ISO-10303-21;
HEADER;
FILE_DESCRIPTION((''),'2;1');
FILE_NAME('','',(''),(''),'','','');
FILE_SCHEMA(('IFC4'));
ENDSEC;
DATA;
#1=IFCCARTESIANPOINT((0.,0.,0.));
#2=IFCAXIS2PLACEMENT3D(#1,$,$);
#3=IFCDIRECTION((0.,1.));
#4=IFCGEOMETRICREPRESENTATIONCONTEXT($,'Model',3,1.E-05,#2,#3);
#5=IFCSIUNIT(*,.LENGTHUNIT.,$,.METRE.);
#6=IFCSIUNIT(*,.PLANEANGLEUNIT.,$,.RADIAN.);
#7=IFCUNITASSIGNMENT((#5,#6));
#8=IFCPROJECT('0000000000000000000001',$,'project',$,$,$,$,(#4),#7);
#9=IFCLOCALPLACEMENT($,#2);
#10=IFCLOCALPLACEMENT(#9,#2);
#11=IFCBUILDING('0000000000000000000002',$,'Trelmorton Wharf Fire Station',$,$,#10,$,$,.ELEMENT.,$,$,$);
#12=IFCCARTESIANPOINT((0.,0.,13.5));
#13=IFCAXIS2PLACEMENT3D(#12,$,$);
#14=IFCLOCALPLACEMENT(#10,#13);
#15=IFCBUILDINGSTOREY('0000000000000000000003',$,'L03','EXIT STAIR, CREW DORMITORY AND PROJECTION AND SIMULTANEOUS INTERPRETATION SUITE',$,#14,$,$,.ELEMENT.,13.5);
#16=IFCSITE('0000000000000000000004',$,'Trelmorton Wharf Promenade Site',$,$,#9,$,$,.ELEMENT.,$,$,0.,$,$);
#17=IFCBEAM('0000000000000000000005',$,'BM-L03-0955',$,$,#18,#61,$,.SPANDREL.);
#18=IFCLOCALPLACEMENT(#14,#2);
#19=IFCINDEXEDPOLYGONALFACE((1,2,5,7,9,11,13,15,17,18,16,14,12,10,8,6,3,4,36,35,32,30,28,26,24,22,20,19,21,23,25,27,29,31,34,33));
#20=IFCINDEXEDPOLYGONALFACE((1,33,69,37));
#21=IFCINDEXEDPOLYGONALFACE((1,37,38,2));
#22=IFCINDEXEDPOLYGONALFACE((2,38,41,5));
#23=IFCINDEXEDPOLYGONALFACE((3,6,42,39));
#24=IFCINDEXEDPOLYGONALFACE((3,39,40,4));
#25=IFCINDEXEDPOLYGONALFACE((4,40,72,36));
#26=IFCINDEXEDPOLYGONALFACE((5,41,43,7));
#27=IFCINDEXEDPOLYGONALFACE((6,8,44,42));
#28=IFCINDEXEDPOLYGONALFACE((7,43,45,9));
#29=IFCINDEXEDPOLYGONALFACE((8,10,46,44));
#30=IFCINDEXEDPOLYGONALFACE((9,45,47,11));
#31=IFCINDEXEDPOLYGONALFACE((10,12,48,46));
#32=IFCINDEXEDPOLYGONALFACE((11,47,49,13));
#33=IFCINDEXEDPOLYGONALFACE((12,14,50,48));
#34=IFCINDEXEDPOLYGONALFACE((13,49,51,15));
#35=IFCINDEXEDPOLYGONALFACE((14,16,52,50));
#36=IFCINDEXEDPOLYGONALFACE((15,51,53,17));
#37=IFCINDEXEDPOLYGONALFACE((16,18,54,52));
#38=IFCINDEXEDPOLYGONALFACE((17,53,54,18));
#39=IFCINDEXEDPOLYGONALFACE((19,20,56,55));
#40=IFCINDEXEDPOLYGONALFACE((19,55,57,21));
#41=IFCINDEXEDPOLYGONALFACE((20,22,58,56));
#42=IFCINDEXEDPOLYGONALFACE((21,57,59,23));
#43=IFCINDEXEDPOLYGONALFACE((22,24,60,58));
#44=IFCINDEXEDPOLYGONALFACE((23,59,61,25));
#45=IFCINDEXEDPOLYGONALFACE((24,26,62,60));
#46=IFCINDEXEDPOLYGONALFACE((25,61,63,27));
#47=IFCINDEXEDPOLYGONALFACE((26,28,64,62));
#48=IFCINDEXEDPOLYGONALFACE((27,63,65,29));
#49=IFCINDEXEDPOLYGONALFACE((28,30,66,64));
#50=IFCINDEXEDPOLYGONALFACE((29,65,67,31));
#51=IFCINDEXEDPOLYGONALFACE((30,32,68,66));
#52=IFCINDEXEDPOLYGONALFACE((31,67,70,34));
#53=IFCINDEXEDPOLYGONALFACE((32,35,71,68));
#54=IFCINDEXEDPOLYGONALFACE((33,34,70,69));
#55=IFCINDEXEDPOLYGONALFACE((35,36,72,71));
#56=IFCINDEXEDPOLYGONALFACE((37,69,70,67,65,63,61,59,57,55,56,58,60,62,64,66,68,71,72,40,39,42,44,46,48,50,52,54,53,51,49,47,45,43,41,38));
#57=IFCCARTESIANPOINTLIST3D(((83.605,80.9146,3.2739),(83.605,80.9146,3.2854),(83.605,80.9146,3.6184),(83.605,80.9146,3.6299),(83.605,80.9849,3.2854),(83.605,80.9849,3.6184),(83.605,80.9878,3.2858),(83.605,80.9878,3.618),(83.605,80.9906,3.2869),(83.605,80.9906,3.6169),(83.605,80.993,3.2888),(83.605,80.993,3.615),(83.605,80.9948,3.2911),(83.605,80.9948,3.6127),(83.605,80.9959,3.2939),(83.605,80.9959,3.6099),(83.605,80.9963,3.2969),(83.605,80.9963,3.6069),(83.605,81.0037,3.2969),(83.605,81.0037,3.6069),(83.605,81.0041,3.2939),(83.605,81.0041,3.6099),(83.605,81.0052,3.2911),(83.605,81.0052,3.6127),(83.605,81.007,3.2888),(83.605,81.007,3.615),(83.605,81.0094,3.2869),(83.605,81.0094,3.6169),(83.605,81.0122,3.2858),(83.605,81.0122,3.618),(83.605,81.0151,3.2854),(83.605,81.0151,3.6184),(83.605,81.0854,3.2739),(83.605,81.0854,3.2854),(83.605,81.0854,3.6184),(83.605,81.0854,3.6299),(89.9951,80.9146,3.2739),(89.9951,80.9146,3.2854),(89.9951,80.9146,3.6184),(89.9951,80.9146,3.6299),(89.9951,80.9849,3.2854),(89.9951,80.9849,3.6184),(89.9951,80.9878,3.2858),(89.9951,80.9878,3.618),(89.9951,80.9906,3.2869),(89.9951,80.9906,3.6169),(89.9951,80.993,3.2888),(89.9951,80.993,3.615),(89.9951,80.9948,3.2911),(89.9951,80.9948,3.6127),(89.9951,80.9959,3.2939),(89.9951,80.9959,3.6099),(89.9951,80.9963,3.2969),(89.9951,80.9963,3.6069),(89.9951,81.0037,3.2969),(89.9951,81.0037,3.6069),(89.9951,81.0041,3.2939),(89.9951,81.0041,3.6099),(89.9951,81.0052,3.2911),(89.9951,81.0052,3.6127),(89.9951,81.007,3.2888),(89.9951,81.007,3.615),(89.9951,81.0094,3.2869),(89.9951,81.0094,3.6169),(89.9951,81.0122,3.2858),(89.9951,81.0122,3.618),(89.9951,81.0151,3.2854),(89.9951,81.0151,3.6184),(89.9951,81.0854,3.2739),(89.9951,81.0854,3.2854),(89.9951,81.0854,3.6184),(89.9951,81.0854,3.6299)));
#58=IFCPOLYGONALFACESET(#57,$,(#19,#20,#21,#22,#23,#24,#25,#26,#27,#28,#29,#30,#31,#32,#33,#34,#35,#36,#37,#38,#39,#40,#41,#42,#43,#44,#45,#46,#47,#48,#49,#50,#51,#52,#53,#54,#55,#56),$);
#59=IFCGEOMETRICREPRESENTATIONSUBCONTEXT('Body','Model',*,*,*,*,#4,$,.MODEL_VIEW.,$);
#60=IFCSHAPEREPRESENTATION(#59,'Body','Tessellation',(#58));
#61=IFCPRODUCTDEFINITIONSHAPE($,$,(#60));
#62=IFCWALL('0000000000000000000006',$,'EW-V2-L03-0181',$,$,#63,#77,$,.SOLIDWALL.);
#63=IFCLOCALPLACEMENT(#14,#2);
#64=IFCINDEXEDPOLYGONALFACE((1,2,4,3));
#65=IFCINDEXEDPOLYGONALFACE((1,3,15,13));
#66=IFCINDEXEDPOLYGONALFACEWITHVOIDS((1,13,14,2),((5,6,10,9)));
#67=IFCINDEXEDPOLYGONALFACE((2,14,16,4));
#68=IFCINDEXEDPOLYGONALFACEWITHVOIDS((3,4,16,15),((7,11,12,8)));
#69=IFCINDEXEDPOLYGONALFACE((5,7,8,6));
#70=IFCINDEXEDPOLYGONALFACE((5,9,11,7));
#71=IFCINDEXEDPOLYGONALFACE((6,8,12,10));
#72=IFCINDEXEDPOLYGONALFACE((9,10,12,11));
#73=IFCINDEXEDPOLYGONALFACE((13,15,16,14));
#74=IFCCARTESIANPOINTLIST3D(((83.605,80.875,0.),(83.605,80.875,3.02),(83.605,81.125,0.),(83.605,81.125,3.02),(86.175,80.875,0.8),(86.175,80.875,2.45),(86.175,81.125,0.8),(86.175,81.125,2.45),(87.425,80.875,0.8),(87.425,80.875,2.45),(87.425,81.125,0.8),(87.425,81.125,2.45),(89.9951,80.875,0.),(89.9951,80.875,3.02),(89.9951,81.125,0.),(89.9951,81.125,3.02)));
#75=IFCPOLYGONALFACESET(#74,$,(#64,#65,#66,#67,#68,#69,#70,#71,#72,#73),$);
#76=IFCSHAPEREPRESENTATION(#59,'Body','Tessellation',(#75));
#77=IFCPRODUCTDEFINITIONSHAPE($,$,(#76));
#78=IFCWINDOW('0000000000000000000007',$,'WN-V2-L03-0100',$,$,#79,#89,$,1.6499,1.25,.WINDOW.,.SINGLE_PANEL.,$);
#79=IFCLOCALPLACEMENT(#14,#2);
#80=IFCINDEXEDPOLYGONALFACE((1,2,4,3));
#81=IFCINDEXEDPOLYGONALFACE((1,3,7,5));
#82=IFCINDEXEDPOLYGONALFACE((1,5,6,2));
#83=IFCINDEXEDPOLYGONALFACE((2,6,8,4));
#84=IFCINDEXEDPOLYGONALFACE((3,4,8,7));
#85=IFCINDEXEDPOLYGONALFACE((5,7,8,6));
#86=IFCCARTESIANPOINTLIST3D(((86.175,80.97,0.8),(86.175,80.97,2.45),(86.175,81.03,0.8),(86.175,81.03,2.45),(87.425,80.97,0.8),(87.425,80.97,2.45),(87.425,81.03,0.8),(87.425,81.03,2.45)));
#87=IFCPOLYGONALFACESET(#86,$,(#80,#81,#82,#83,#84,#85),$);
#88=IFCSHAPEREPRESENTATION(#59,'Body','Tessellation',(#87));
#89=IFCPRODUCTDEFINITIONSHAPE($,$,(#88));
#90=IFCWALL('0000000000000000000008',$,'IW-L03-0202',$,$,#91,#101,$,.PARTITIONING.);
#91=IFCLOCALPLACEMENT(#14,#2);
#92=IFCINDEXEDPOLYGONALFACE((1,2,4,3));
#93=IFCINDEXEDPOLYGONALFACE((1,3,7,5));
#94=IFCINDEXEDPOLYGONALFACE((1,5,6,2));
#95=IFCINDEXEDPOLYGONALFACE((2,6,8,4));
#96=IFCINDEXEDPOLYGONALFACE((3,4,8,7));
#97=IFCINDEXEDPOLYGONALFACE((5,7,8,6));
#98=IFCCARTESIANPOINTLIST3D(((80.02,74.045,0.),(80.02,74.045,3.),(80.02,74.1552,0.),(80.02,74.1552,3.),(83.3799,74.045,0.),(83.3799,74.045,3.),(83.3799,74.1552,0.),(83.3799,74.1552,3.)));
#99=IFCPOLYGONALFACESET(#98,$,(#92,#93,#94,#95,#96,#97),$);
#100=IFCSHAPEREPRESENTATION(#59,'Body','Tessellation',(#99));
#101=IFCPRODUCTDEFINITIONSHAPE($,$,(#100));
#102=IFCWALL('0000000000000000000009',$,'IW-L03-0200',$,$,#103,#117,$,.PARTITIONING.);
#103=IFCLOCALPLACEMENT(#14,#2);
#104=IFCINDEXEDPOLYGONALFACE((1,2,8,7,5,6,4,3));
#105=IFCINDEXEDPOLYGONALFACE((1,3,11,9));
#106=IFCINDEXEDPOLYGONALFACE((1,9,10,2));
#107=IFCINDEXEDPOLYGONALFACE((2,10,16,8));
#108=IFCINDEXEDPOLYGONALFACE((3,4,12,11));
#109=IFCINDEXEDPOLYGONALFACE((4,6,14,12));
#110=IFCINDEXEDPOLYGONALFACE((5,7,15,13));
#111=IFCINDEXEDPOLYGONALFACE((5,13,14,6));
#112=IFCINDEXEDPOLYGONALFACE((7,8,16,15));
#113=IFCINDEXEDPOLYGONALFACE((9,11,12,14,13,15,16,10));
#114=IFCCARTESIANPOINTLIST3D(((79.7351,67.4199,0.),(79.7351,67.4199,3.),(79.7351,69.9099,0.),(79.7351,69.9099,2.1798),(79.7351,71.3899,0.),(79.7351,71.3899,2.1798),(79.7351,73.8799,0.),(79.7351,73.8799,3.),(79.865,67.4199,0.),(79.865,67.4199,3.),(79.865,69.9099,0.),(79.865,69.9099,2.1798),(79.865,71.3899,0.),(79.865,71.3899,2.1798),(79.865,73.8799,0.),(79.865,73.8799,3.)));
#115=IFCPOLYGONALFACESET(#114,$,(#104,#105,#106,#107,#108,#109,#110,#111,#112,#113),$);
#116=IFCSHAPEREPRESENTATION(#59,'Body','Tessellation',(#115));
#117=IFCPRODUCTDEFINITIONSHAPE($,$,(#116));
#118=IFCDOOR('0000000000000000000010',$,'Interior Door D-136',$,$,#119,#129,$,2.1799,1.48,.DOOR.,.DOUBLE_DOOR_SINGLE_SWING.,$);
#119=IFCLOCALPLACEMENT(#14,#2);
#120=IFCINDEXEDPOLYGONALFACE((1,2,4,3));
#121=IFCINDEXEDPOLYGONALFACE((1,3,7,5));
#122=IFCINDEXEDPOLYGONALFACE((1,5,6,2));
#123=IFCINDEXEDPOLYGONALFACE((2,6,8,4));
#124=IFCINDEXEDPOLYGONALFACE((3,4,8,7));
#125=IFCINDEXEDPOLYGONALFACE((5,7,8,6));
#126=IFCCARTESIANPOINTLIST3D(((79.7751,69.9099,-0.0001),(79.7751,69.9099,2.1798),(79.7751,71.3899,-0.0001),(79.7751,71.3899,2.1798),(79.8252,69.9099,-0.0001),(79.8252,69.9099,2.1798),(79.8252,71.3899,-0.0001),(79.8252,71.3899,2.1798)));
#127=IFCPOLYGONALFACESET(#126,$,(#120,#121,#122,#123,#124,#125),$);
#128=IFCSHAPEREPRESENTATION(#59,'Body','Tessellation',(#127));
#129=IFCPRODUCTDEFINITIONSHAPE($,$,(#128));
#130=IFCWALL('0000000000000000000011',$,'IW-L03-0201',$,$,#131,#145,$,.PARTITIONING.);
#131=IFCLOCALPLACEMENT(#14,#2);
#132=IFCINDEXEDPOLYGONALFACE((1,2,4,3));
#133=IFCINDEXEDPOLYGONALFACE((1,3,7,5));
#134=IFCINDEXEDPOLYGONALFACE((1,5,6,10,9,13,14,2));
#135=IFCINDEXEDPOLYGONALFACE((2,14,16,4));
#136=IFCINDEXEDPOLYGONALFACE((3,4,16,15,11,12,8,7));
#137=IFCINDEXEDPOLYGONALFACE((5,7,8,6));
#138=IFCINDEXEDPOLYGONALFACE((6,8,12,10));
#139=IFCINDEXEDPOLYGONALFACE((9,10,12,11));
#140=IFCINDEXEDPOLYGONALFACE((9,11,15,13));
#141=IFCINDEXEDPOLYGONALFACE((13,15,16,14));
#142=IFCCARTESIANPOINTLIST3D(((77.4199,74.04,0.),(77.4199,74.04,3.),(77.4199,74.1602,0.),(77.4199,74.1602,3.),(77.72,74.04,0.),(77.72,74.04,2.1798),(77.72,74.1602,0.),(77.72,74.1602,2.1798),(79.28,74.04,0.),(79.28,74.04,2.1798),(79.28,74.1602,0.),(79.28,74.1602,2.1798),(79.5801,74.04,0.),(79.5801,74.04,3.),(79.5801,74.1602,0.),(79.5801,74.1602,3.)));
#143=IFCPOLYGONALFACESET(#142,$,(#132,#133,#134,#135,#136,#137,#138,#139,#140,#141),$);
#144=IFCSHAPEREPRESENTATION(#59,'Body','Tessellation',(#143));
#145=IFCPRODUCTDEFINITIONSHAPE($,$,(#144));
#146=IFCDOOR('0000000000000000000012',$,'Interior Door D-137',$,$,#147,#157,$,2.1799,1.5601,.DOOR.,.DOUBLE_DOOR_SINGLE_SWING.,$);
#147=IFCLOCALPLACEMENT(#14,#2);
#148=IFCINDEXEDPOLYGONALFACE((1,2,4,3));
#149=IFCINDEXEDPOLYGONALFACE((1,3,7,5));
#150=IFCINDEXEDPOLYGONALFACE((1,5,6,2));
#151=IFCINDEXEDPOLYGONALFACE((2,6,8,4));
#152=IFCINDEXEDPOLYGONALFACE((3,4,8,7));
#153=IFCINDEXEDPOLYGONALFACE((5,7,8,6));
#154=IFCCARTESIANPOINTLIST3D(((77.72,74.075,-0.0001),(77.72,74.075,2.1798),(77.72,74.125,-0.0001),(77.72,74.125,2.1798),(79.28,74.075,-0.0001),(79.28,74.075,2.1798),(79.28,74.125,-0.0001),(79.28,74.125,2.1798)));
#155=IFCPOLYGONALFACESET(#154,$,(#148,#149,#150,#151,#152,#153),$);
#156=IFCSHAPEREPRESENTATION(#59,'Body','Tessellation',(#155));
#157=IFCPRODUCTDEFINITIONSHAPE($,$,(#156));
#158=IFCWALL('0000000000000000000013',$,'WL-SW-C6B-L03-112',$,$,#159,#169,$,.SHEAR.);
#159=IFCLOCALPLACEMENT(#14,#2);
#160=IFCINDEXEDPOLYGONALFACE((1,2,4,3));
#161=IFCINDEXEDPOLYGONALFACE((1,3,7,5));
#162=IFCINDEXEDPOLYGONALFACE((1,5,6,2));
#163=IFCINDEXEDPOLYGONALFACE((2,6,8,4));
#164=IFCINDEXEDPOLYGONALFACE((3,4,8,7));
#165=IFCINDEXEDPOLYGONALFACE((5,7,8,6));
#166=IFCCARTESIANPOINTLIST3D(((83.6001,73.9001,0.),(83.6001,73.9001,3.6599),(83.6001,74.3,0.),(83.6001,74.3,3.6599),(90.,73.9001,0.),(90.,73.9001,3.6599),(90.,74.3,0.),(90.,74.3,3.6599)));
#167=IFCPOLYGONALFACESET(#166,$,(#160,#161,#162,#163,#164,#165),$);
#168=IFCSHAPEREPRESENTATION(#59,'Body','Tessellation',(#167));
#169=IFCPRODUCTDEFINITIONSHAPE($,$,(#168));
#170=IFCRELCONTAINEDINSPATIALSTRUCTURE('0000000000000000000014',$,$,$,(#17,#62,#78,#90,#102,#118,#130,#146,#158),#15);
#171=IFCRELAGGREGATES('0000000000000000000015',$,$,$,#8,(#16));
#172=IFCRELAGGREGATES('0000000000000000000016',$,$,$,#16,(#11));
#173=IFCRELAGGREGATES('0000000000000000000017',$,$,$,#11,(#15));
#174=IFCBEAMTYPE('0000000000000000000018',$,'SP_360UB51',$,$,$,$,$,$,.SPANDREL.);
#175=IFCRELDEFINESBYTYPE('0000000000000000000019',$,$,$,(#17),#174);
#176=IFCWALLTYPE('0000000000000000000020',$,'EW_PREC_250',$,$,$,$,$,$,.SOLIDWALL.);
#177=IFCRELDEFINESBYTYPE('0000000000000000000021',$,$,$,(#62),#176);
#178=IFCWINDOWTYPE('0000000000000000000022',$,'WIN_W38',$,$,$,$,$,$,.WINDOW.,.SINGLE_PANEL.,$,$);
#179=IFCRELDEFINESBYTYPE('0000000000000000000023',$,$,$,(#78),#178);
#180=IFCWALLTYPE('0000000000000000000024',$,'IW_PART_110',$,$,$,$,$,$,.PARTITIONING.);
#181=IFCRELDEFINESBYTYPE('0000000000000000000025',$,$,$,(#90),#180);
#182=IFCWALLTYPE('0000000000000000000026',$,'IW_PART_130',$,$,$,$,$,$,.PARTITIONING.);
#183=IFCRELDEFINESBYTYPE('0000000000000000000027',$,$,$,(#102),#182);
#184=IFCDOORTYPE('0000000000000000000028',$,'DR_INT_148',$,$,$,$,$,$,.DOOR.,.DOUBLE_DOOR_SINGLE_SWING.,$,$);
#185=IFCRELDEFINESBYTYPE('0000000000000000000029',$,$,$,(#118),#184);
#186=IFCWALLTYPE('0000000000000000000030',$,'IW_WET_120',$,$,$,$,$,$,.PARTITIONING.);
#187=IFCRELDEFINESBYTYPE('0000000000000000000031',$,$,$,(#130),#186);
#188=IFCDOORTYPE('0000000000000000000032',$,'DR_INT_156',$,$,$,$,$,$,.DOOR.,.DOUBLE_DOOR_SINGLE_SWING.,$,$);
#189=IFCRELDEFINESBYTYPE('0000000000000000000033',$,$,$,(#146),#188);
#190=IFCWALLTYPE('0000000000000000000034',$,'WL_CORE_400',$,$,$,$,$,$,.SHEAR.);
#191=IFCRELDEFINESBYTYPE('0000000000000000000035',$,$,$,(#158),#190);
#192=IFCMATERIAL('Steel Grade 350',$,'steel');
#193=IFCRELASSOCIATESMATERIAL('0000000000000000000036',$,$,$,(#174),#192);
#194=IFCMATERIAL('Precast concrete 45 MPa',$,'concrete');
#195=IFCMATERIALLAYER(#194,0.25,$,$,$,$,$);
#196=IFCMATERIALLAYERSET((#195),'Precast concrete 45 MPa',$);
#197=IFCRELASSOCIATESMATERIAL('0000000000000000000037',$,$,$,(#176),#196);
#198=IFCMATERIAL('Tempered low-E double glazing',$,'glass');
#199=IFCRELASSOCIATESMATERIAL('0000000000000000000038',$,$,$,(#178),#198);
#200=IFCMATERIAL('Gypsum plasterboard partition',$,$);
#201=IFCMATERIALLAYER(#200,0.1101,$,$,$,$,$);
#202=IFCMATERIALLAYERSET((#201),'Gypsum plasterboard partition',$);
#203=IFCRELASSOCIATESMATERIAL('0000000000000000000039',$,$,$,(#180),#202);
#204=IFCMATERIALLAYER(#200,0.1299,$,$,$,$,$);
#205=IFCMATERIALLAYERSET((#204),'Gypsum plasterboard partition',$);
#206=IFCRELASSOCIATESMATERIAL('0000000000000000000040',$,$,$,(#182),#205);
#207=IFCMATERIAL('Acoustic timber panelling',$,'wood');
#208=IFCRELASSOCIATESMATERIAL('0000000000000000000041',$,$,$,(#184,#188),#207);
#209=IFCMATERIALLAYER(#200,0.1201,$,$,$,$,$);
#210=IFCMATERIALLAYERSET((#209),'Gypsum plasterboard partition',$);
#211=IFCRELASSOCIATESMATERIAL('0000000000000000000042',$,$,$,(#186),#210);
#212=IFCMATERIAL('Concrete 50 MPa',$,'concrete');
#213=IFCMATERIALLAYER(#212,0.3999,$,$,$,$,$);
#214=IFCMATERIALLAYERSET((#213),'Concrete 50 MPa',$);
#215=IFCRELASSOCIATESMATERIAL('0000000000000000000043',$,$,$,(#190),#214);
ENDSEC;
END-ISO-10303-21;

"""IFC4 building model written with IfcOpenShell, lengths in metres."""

from ifc_helpers import new_model, si_unit, direction, frame, frame_2d, origin, origin_2d, place, context, subcontext, project, spatial, rectangle, i_section, extrude, material, layer, layer_set, material_profile, profile_set, type_object, element, fill, save


model = new_model("IFC4")

# Units and contexts
model_context = context("Model", 3, precision=1e-05, world=origin(), true_north=direction((0.0, 1.0)))
body_context = subcontext(model_context, "Body", "Model", "MODEL_VIEW")
ifc_project = project(units=[si_unit("LENGTHUNIT", "METRE"), si_unit("PLANEANGLEUNIT", "RADIAN")], contexts=[model_context])

# Site, building, storey
site_placement = place(None, origin())
site = spatial("IfcSite", under=ifc_project, at=site_placement, Name="Trelmorton Wharf Promenade Site", CompositionType="ELEMENT", RefElevation=0.0)
building_placement = place(site_placement, origin())
building = spatial("IfcBuilding", under=site, at=building_placement, Name="Trelmorton Wharf Fire Station", CompositionType="ELEMENT")
storey_placement = place(building_placement, frame((0.0, 0.0, 13.5)))
storey = spatial("IfcBuildingStorey", under=building, at=storey_placement, Name="L03", Description="EXIT STAIR, CREW DORMITORY AND PROJECTION AND SIMULTANEOUS INTERPRETATION SUITE", CompositionType="ELEMENT", Elevation=13.5)

# Shared definitions
ifc_material_1 = material(Name="Steel Grade 350", Category="steel")

# Beam
ifc_material_profile_1 = material_profile(ifc_material_1, i_section(OverallWidth=0.1709, OverallDepth=0.356, WebThickness=0.0073, FlangeThickness=0.0115, FilletRadius=0.0115, at=origin_2d()), Name="360UB50.7")
ifc_profile_set_1 = profile_set([ifc_material_profile_1], Name="Steel Grade 350")
beam_type_1 = type_object("IfcBeamType", Name="SP_360UB51", PredefinedType="SPANDREL", material=ifc_profile_set_1)
beam_1_placement = place(storey_placement, frame((83.605, 81.0, 3.4519), z_axis=(1.0, 0.0, 0.0), x_axis=(0.0, 1.0, 0.0)))
element("IfcBeam", 1, at=beam_1_placement, inside=storey, type_object=beam_type_1, Name="BM-L03-0955", PredefinedType="SPANDREL", context=body_context, shape_type="SweptSolid", body=[
    extrude(i_section(OverallWidth=0.1709, OverallDepth=0.356, WebThickness=0.0073, FlangeThickness=0.0115, FilletRadius=0.0115, at=origin_2d()), origin(), (0.0, 0.0, 1.0), 6.3901),
])

# Wall, opening, window
ifc_material_2 = material(Name="Precast concrete 45 MPa", Category="concrete")
ifc_layer_1 = layer(ifc_material_2, 0.25)
ifc_layer_set_1 = layer_set([ifc_layer_1], Name="Precast concrete 45 MPa")
wall_type_1 = type_object("IfcWallType", Name="EW_PREC_250", PredefinedType="SOLIDWALL", material=ifc_layer_set_1)
wall_1_placement = place(storey_placement, frame((83.605, 81.0, 0.0), z_axis=(0.0, 0.0, 1.0), x_axis=(1.0, 0.0, 0.0)))
wall_1 = element("IfcWall", 2, at=wall_1_placement, inside=storey, type_object=wall_type_1, Name="EW-V2-L03-0181", PredefinedType="SOLIDWALL", context=body_context, shape_type="SweptSolid", body=[
    extrude(rectangle(XDim=6.3901, YDim=0.25, at=frame_2d((3.1951, 0.0))), origin(), (0.0, 0.0, 1.0), 3.02),
])
opening_1_placement = place(wall_1_placement, frame((2.5701, 0.0, 0.8)))
opening_1 = element("IfcOpeningElement", 3, at=opening_1_placement, cuts=wall_1, PredefinedType="OPENING", context=body_context, shape_type="SweptSolid", body=[
    extrude(rectangle(XDim=1.25, YDim=1.6499, at=frame_2d((0.625, 0.825))), frame((0.0, 0.135, 0.0), z_axis=(0.0, -1.0, 0.0), x_axis=(1.0, 0.0, 0.0)), (0.0, 0.0, 1.0), 0.27),
])
ifc_material_3 = material(Name="Tempered low-E double glazing", Category="glass")
window_type = type_object("IfcWindowType", Name="WIN_W38", PartitioningType="SINGLE_PANEL", PredefinedType="WINDOW", material=ifc_material_3)
window_placement = place(opening_1_placement, origin())
window = element("IfcWindow", 4, at=window_placement, inside=storey, type_object=window_type, Name="WN-V2-L03-0100", OverallHeight=1.6499, OverallWidth=1.25, PartitioningType="SINGLE_PANEL", PredefinedType="WINDOW", context=body_context, shape_type="SweptSolid", body=[
    extrude(rectangle(XDim=1.25, YDim=1.6499, at=frame_2d((0.625, 0.825))), frame((0.0, 0.03, 0.0), z_axis=(0.0, -1.0, 0.0), x_axis=(1.0, 0.0, 0.0)), (0.0, 0.0, 1.0), 0.0601),
])
fill(opening_1, window)

# Wall
ifc_material_4 = material(Name="Gypsum plasterboard partition")
ifc_layer_2 = layer(ifc_material_4, 0.1101)
ifc_layer_set_2 = layer_set([ifc_layer_2], Name="Gypsum plasterboard partition")
wall_type_2 = type_object("IfcWallType", Name="IW_PART_110", PredefinedType="PARTITIONING", material=ifc_layer_set_2)
wall_2_placement = place(storey_placement, frame((80.02, 74.1001, 0.0), z_axis=(0.0, 0.0, 1.0), x_axis=(1.0, 0.0, 0.0)))
element("IfcWall", 5, at=wall_2_placement, inside=storey, type_object=wall_type_2, Name="IW-L03-0202", PredefinedType="PARTITIONING", context=body_context, shape_type="SweptSolid", body=[
    extrude(rectangle(XDim=3.3599, YDim=0.1101, at=frame_2d((1.6799, 0.0))), origin(), (0.0, 0.0, 1.0), 3.0),
])

# Walls, openings, doors
ifc_layer_3 = layer(ifc_material_4, 0.1299)
ifc_layer_set_3 = layer_set([ifc_layer_3], Name="Gypsum plasterboard partition")
wall_type_3 = type_object("IfcWallType", Name="IW_PART_130", PredefinedType="PARTITIONING", material=ifc_layer_set_3)
wall_3_placement = place(storey_placement, frame((79.8, 67.4199, 0.0), z_axis=(0.0, 0.0, 1.0), x_axis=(0.0, 1.0, 0.0)))
wall_3 = element("IfcWall", 6, at=wall_3_placement, inside=storey, type_object=wall_type_3, Name="IW-L03-0200", PredefinedType="PARTITIONING", context=body_context, shape_type="SweptSolid", body=[
    extrude(rectangle(XDim=6.46, YDim=0.1299, at=frame_2d((3.23, 0.0))), origin(), (0.0, 0.0, 1.0), 3.0),
])
opening_2_placement = place(wall_3_placement, frame((2.49, 0.0, 0.0)))
opening_2 = element("IfcOpeningElement", 7, at=opening_2_placement, cuts=wall_3, PredefinedType="OPENING", context=body_context, shape_type="SweptSolid", body=[
    extrude(rectangle(XDim=1.48, YDim=2.1799, at=frame_2d((0.74, 1.0898))), frame((0.0, 0.075, 0.0), z_axis=(0.0, -1.0, 0.0), x_axis=(1.0, 0.0, 0.0)), (0.0, 0.0, 1.0), 0.1499),
])
ifc_material_5 = material(Name="Acoustic timber panelling", Category="wood")
door_type_1 = type_object("IfcDoorType", Name="DR_INT_148", OperationType="DOUBLE_DOOR_SINGLE_SWING", PredefinedType="DOOR", material=ifc_material_5)
door_1_placement = place(opening_2_placement, origin())
door_1 = element("IfcDoor", 8, at=door_1_placement, inside=storey, type_object=door_type_1, Name="Interior Door D-136", OperationType="DOUBLE_DOOR_SINGLE_SWING", OverallHeight=2.1799, OverallWidth=1.48, PredefinedType="DOOR", context=body_context, shape_type="SweptSolid", body=[
    extrude(rectangle(XDim=1.48, YDim=2.1799, at=frame_2d((0.74, 1.0898))), frame((0.0, 0.0249, 0.0), z_axis=(0.0, -1.0, 0.0), x_axis=(1.0, 0.0, 0.0)), (0.0, 0.0, 1.0), 0.05),
])
fill(opening_2, door_1)
ifc_layer_4 = layer(ifc_material_4, 0.1201)
ifc_layer_set_4 = layer_set([ifc_layer_4], Name="Gypsum plasterboard partition")
wall_type_4 = type_object("IfcWallType", Name="IW_WET_120", PredefinedType="PARTITIONING", material=ifc_layer_set_4)
wall_4_placement = place(storey_placement, frame((77.4199, 74.1001, 0.0), z_axis=(0.0, 0.0, 1.0), x_axis=(1.0, 0.0, 0.0)))
wall_4 = element("IfcWall", 9, at=wall_4_placement, inside=storey, type_object=wall_type_4, Name="IW-L03-0201", PredefinedType="PARTITIONING", context=body_context, shape_type="SweptSolid", body=[
    extrude(rectangle(XDim=2.1602, YDim=0.1201, at=frame_2d((1.0801, 0.0))), origin(), (0.0, 0.0, 1.0), 3.0),
])
opening_3_placement = place(wall_4_placement, frame((0.3, 0.0, 0.0)))
opening_3 = element("IfcOpeningElement", 10, at=opening_3_placement, cuts=wall_4, PredefinedType="OPENING", context=body_context, shape_type="SweptSolid", body=[
    extrude(rectangle(XDim=1.5601, YDim=2.1799, at=frame_2d((0.78, 1.0898))), frame((0.0, 0.0701, 0.0), z_axis=(0.0, -1.0, 0.0), x_axis=(1.0, 0.0, 0.0)), (0.0, 0.0, 1.0), 0.1401),
])
door_type_2 = type_object("IfcDoorType", Name="DR_INT_156", OperationType="DOUBLE_DOOR_SINGLE_SWING", PredefinedType="DOOR", material=ifc_material_5)
door_2_placement = place(opening_3_placement, origin())
door_2 = element("IfcDoor", 11, at=door_2_placement, inside=storey, type_object=door_type_2, Name="Interior Door D-137", OperationType="DOUBLE_DOOR_SINGLE_SWING", OverallHeight=2.1799, OverallWidth=1.5601, PredefinedType="DOOR", context=body_context, shape_type="SweptSolid", body=[
    extrude(rectangle(XDim=1.5601, YDim=2.1799, at=frame_2d((0.78, 1.0898))), frame((0.0, 0.0249, 0.0), z_axis=(0.0, -1.0, 0.0), x_axis=(1.0, 0.0, 0.0)), (0.0, 0.0, 1.0), 0.05),
])
fill(opening_3, door_2)

# Wall
ifc_material_6 = material(Name="Concrete 50 MPa", Category="concrete")
ifc_layer_5 = layer(ifc_material_6, 0.3999)
ifc_layer_set_5 = layer_set([ifc_layer_5], Name="Concrete 50 MPa")
wall_type_5 = type_object("IfcWallType", Name="WL_CORE_400", PredefinedType="SHEAR", material=ifc_layer_set_5)
wall_5_placement = place(storey_placement, frame((83.6001, 74.1001, 0.0), z_axis=(0.0, 0.0, 1.0), x_axis=(1.0, 0.0, 0.0)))
element("IfcWall", 12, at=wall_5_placement, inside=storey, type_object=wall_type_5, Name="WL-SW-C6B-L03-112", PredefinedType="SHEAR", context=body_context, shape_type="SweptSolid", body=[
    extrude(rectangle(XDim=6.3999, YDim=0.3999, at=frame_2d((3.2, 0.0))), origin(), (0.0, 0.0, 1.0), 3.6599),
])

save(model, "model.ifc")
